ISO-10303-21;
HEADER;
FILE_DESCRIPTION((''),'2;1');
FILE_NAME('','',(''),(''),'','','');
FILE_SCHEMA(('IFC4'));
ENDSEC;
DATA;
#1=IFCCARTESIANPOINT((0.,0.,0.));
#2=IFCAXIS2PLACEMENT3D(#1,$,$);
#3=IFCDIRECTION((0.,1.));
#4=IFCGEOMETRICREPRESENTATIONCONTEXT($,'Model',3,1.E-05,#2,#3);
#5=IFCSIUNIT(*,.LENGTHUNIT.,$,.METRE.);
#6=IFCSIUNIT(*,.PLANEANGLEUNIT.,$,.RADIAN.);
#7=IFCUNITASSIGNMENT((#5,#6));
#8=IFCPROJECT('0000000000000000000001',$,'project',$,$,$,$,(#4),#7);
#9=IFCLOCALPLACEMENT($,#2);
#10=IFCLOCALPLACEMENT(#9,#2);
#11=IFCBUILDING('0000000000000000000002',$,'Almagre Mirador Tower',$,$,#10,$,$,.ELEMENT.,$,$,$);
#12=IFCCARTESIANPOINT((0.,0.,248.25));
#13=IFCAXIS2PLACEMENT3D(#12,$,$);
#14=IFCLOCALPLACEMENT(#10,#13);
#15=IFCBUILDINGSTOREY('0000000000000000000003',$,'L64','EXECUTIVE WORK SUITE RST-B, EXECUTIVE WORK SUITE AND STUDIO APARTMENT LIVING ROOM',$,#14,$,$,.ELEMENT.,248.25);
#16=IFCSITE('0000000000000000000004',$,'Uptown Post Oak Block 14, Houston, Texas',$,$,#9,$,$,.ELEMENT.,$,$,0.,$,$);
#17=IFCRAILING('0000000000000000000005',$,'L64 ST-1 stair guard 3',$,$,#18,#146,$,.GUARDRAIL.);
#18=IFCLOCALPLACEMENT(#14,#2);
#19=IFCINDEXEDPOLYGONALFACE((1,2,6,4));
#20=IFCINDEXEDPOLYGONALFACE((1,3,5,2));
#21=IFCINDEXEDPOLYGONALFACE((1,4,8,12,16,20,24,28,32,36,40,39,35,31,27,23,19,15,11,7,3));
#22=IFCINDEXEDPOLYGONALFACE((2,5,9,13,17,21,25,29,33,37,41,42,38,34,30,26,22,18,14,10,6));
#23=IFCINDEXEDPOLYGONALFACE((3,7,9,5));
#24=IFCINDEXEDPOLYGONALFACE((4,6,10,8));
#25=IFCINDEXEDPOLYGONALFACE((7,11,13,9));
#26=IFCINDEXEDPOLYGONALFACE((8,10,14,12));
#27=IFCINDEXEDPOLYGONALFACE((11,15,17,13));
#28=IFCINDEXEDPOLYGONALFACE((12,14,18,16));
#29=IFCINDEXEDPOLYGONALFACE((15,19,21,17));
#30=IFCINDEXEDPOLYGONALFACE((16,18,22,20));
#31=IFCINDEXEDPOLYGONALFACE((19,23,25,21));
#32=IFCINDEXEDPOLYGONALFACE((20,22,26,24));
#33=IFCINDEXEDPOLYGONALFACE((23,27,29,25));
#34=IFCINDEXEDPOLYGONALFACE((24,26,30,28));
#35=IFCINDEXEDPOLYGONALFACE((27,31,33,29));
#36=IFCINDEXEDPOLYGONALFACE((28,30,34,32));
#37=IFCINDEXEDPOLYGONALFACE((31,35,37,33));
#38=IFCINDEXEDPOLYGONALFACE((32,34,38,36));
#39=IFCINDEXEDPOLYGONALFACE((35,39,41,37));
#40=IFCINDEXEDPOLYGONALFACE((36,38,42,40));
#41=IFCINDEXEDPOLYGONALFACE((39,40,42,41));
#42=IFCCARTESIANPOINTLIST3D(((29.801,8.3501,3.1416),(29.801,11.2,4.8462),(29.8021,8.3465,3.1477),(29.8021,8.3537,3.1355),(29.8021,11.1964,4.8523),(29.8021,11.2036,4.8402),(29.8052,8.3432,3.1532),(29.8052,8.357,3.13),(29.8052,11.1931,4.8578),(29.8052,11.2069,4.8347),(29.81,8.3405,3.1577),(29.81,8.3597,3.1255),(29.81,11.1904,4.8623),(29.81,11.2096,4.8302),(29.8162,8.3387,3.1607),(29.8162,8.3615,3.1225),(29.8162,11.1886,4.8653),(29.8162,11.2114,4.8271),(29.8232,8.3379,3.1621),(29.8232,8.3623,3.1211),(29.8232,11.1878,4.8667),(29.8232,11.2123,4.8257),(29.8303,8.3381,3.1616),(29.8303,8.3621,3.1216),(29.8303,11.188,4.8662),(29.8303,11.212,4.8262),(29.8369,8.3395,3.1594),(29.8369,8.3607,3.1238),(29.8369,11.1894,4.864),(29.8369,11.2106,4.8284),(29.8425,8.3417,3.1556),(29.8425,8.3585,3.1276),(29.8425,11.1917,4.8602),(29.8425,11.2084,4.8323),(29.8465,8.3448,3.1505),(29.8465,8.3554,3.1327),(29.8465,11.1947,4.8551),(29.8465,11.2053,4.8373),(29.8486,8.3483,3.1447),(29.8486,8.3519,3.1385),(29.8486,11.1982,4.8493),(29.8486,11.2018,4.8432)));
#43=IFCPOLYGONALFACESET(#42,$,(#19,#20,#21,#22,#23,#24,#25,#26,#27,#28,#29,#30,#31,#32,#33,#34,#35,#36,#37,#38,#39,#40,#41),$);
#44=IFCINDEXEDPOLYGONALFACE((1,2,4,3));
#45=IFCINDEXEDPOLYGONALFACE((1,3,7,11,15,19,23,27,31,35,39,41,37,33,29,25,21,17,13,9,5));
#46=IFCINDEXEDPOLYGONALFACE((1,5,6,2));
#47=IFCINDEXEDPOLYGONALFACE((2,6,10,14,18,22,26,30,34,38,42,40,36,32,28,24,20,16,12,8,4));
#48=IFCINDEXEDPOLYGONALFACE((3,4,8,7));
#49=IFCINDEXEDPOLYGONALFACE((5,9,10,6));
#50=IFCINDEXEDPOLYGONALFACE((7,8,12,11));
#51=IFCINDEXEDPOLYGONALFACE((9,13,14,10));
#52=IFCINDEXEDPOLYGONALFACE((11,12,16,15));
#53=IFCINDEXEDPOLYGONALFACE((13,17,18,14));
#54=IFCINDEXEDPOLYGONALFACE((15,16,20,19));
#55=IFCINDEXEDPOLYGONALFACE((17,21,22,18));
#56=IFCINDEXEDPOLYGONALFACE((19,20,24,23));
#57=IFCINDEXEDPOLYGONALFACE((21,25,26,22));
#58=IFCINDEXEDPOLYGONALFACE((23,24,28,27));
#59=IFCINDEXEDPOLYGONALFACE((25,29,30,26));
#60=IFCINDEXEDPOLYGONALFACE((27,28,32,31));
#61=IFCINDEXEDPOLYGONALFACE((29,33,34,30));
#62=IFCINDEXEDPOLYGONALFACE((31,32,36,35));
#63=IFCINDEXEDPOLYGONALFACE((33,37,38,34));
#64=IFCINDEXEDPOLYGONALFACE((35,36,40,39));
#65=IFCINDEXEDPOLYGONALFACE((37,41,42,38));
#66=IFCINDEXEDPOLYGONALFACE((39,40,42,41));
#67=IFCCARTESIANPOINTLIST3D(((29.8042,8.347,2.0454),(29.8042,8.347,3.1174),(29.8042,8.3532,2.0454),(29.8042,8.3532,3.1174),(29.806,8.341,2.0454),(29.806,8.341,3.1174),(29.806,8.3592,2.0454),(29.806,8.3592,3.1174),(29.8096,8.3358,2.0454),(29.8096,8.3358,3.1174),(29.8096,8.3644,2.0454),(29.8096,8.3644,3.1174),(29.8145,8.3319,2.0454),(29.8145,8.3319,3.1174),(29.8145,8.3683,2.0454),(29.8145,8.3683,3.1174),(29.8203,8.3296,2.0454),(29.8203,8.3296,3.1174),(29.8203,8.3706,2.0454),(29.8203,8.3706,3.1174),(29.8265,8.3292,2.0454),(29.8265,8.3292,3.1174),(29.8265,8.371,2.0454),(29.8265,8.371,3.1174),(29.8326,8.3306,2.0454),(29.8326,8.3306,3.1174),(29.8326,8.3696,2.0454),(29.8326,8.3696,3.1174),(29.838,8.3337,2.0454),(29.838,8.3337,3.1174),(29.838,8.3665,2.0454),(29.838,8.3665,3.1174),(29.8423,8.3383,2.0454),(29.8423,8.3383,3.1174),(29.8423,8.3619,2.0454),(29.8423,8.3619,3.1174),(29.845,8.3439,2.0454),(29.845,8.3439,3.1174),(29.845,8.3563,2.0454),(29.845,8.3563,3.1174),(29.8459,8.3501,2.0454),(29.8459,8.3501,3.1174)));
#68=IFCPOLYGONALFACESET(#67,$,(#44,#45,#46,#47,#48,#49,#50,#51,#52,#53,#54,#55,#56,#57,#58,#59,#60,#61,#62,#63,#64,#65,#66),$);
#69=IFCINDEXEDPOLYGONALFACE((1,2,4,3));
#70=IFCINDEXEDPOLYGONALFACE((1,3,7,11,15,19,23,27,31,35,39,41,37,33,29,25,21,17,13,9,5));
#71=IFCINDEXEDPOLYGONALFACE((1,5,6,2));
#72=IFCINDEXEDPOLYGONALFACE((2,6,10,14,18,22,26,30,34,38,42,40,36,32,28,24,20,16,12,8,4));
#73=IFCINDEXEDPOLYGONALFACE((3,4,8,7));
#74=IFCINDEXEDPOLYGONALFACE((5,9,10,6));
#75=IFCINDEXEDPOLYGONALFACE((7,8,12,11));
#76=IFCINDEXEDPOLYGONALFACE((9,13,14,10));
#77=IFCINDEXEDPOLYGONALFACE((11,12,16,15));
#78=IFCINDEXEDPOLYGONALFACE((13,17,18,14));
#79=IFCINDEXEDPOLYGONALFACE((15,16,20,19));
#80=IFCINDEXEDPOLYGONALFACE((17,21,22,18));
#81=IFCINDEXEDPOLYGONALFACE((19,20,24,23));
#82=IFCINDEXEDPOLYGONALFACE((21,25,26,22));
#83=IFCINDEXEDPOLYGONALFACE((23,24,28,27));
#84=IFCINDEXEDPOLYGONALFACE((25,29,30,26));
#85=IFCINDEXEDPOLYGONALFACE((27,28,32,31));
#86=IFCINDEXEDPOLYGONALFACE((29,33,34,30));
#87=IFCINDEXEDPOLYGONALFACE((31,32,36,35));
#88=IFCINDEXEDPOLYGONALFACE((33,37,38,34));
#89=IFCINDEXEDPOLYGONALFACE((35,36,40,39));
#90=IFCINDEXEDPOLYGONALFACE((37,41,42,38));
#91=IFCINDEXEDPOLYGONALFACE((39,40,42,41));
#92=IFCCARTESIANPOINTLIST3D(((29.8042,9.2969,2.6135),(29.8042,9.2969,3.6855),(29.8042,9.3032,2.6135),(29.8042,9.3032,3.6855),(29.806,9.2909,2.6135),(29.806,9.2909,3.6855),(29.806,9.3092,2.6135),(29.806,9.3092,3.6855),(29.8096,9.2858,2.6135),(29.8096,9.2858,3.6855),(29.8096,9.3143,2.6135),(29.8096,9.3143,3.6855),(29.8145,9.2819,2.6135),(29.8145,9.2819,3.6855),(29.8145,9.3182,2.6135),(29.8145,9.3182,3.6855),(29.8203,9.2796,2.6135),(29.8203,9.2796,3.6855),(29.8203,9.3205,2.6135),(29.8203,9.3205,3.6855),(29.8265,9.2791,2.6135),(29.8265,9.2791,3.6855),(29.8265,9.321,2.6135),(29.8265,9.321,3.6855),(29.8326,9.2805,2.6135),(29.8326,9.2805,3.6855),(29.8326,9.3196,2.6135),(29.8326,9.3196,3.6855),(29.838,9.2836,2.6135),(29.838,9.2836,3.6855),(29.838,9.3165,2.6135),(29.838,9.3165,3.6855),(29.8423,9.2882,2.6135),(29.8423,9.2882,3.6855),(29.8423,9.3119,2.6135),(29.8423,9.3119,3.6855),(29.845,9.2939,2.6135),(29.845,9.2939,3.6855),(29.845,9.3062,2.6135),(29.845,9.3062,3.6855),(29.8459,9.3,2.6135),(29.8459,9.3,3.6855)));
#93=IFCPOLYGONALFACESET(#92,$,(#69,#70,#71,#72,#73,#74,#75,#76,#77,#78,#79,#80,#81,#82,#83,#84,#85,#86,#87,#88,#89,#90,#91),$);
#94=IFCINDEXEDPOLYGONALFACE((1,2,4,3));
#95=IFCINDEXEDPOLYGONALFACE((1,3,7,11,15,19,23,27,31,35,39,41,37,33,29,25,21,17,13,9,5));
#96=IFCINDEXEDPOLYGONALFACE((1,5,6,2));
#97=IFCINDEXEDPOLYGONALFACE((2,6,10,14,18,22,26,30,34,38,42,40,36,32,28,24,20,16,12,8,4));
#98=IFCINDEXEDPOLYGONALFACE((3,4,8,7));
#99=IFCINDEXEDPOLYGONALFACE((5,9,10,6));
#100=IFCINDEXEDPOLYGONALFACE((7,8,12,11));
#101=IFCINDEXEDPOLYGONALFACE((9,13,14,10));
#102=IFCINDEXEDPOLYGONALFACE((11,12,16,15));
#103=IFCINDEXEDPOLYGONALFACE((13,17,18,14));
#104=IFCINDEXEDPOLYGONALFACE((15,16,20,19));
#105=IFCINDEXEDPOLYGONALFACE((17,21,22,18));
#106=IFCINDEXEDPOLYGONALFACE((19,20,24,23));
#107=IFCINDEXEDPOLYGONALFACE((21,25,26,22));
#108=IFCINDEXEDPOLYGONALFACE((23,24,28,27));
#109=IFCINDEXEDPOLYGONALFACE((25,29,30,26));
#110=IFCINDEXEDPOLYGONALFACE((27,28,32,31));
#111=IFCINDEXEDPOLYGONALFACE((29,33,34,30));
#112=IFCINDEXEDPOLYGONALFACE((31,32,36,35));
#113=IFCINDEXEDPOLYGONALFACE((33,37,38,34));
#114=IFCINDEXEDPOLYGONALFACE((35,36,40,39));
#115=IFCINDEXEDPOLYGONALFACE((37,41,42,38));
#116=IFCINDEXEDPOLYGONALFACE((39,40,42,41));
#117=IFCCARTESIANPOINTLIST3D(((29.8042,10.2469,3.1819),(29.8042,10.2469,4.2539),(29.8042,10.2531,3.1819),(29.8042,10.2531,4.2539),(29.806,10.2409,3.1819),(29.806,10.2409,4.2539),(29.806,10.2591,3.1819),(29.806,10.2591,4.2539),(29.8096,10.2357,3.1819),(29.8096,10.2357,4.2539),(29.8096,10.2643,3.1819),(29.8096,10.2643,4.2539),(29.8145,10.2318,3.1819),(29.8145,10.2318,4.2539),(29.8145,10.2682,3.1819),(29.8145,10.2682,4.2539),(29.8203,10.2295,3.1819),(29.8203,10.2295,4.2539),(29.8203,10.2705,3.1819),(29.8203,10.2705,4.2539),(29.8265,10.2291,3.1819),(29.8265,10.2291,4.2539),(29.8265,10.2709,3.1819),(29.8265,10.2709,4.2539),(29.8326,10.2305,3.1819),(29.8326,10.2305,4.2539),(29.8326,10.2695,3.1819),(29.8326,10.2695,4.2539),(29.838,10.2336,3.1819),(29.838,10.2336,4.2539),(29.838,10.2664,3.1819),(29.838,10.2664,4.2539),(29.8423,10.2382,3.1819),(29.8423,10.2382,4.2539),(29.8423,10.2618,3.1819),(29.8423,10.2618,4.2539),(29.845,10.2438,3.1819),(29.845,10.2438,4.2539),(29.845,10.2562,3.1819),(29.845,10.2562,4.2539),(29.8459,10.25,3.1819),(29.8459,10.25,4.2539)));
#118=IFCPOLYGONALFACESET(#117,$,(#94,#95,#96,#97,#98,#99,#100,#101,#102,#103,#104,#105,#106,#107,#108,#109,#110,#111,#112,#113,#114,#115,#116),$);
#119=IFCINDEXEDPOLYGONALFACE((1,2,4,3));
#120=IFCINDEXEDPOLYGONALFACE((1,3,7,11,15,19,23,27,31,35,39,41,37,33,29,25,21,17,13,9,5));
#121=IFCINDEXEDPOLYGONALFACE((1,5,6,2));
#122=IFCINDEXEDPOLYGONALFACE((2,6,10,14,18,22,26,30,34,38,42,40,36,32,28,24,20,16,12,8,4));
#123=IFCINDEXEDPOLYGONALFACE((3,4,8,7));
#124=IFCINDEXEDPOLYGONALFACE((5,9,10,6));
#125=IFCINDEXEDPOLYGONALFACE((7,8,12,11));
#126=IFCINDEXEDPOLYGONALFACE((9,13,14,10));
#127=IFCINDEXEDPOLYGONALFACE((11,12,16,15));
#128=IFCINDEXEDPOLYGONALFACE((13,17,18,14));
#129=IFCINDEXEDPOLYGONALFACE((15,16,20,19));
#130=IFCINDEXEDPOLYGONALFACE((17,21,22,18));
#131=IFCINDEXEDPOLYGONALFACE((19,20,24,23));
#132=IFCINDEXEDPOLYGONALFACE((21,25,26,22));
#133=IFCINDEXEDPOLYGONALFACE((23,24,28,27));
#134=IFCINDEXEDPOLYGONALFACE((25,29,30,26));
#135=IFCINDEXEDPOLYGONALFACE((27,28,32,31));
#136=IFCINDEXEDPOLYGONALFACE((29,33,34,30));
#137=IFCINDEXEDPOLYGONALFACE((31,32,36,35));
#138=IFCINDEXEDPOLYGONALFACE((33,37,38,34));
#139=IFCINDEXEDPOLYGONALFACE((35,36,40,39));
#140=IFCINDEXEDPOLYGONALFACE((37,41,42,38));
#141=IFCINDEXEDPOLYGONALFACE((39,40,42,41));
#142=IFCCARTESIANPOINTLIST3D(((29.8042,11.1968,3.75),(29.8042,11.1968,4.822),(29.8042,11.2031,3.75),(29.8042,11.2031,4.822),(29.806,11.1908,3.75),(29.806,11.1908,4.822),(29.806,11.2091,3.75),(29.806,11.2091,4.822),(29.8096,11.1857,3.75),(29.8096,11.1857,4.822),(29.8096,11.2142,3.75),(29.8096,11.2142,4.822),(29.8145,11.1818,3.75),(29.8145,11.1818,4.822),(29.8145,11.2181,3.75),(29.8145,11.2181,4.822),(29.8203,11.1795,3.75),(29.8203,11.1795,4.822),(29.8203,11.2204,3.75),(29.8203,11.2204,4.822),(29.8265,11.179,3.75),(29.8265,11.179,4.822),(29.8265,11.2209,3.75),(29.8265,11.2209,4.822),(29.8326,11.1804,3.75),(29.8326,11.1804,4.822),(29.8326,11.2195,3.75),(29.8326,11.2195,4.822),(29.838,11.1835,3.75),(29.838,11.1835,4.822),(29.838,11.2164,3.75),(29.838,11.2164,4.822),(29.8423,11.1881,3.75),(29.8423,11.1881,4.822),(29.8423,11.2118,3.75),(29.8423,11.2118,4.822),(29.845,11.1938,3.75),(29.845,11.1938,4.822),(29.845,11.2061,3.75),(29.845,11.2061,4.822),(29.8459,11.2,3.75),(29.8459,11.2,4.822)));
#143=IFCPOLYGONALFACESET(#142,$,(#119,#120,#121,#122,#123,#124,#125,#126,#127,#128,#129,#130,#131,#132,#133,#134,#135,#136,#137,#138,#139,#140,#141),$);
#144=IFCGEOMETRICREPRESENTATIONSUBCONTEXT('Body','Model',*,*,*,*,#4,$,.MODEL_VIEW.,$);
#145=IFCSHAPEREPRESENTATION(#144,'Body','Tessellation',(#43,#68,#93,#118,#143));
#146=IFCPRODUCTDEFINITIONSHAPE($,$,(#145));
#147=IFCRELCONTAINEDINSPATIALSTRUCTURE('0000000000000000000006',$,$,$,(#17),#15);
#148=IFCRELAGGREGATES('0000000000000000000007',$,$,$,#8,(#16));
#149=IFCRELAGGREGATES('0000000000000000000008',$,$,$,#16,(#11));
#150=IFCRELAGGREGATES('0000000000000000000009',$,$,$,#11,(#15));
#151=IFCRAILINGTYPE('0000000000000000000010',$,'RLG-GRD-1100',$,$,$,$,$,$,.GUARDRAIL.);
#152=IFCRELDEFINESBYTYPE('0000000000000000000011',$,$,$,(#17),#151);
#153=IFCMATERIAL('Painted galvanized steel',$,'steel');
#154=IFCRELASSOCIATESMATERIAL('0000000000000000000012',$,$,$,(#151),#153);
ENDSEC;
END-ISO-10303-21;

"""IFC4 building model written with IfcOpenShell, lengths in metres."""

from ifc_helpers import new_model, si_unit, direction, frame, origin, origin_2d, place, context, subcontext, project, spatial, circle, extrude, material, type_object, element, save


model = new_model("IFC4")

# Units and contexts
model_context = context("Model", 3, precision=1e-05, world=origin(), true_north=direction((0.0, 1.0)))
body_context = subcontext(model_context, "Body", "Model", "MODEL_VIEW")
ifc_project = project(units=[si_unit("LENGTHUNIT", "METRE"), si_unit("PLANEANGLEUNIT", "RADIAN")], contexts=[model_context])

# Site, building, storey
site_placement = place(None, origin())
site = spatial("IfcSite", under=ifc_project, at=site_placement, Name="Uptown Post Oak Block 14, Houston, Texas", CompositionType="ELEMENT", RefElevation=0.0)
building_placement = place(site_placement, origin())
building = spatial("IfcBuilding", under=site, at=building_placement, Name="Almagre Mirador Tower", CompositionType="ELEMENT")
storey_placement = place(building_placement, frame((0.0, 0.0, 248.25)))
storey = spatial("IfcBuildingStorey", under=building, at=storey_placement, Name="L64", Description="EXECUTIVE WORK SUITE RST-B, EXECUTIVE WORK SUITE AND STUDIO APARTMENT LIVING ROOM", CompositionType="ELEMENT", Elevation=248.25)

# Railing
ifc_material_1 = material(Name="Painted galvanized steel", Category="steel")
railing_type_1 = type_object("IfcRailingType", Name="RLG-GRD-1100", PredefinedType="GUARDRAIL", material=ifc_material_1)
railing_1_placement = place(storey_placement, frame((29.825, 8.3501, 2.0454)))
element("IfcRailing", 1, at=railing_1_placement, inside=storey, type_object=railing_type_1, Name="L64 ST-1 stair guard 3", PredefinedType="GUARDRAIL", context=body_context, shape_type="SweptSolid", body=[
    extrude(circle(Radius=0.0239, at=origin_2d()), frame((0.0, 0.0, 1.0962), z_axis=(0.0, 0.858199, 0.513317), x_axis=(-1.0, 0.0, 0.0)), (0.0, 0.0, 1.0), 3.3208),
    extrude(circle(Radius=0.021, at=origin_2d()), origin(), (0.0, 0.0, 1.0), 1.072),
    extrude(circle(Radius=0.021, at=origin_2d()), frame((0.0, 0.95, 0.5681)), (0.0, 0.0, 1.0), 1.072),
    extrude(circle(Radius=0.021, at=origin_2d()), frame((0.0, 1.8999, 1.1365)), (0.0, 0.0, 1.0), 1.072),
    extrude(circle(Radius=0.021, at=origin_2d()), frame((0.0, 2.8499, 1.7046)), (0.0, 0.0, 1.0), 1.072),
])

save(model, "model.ifc")
